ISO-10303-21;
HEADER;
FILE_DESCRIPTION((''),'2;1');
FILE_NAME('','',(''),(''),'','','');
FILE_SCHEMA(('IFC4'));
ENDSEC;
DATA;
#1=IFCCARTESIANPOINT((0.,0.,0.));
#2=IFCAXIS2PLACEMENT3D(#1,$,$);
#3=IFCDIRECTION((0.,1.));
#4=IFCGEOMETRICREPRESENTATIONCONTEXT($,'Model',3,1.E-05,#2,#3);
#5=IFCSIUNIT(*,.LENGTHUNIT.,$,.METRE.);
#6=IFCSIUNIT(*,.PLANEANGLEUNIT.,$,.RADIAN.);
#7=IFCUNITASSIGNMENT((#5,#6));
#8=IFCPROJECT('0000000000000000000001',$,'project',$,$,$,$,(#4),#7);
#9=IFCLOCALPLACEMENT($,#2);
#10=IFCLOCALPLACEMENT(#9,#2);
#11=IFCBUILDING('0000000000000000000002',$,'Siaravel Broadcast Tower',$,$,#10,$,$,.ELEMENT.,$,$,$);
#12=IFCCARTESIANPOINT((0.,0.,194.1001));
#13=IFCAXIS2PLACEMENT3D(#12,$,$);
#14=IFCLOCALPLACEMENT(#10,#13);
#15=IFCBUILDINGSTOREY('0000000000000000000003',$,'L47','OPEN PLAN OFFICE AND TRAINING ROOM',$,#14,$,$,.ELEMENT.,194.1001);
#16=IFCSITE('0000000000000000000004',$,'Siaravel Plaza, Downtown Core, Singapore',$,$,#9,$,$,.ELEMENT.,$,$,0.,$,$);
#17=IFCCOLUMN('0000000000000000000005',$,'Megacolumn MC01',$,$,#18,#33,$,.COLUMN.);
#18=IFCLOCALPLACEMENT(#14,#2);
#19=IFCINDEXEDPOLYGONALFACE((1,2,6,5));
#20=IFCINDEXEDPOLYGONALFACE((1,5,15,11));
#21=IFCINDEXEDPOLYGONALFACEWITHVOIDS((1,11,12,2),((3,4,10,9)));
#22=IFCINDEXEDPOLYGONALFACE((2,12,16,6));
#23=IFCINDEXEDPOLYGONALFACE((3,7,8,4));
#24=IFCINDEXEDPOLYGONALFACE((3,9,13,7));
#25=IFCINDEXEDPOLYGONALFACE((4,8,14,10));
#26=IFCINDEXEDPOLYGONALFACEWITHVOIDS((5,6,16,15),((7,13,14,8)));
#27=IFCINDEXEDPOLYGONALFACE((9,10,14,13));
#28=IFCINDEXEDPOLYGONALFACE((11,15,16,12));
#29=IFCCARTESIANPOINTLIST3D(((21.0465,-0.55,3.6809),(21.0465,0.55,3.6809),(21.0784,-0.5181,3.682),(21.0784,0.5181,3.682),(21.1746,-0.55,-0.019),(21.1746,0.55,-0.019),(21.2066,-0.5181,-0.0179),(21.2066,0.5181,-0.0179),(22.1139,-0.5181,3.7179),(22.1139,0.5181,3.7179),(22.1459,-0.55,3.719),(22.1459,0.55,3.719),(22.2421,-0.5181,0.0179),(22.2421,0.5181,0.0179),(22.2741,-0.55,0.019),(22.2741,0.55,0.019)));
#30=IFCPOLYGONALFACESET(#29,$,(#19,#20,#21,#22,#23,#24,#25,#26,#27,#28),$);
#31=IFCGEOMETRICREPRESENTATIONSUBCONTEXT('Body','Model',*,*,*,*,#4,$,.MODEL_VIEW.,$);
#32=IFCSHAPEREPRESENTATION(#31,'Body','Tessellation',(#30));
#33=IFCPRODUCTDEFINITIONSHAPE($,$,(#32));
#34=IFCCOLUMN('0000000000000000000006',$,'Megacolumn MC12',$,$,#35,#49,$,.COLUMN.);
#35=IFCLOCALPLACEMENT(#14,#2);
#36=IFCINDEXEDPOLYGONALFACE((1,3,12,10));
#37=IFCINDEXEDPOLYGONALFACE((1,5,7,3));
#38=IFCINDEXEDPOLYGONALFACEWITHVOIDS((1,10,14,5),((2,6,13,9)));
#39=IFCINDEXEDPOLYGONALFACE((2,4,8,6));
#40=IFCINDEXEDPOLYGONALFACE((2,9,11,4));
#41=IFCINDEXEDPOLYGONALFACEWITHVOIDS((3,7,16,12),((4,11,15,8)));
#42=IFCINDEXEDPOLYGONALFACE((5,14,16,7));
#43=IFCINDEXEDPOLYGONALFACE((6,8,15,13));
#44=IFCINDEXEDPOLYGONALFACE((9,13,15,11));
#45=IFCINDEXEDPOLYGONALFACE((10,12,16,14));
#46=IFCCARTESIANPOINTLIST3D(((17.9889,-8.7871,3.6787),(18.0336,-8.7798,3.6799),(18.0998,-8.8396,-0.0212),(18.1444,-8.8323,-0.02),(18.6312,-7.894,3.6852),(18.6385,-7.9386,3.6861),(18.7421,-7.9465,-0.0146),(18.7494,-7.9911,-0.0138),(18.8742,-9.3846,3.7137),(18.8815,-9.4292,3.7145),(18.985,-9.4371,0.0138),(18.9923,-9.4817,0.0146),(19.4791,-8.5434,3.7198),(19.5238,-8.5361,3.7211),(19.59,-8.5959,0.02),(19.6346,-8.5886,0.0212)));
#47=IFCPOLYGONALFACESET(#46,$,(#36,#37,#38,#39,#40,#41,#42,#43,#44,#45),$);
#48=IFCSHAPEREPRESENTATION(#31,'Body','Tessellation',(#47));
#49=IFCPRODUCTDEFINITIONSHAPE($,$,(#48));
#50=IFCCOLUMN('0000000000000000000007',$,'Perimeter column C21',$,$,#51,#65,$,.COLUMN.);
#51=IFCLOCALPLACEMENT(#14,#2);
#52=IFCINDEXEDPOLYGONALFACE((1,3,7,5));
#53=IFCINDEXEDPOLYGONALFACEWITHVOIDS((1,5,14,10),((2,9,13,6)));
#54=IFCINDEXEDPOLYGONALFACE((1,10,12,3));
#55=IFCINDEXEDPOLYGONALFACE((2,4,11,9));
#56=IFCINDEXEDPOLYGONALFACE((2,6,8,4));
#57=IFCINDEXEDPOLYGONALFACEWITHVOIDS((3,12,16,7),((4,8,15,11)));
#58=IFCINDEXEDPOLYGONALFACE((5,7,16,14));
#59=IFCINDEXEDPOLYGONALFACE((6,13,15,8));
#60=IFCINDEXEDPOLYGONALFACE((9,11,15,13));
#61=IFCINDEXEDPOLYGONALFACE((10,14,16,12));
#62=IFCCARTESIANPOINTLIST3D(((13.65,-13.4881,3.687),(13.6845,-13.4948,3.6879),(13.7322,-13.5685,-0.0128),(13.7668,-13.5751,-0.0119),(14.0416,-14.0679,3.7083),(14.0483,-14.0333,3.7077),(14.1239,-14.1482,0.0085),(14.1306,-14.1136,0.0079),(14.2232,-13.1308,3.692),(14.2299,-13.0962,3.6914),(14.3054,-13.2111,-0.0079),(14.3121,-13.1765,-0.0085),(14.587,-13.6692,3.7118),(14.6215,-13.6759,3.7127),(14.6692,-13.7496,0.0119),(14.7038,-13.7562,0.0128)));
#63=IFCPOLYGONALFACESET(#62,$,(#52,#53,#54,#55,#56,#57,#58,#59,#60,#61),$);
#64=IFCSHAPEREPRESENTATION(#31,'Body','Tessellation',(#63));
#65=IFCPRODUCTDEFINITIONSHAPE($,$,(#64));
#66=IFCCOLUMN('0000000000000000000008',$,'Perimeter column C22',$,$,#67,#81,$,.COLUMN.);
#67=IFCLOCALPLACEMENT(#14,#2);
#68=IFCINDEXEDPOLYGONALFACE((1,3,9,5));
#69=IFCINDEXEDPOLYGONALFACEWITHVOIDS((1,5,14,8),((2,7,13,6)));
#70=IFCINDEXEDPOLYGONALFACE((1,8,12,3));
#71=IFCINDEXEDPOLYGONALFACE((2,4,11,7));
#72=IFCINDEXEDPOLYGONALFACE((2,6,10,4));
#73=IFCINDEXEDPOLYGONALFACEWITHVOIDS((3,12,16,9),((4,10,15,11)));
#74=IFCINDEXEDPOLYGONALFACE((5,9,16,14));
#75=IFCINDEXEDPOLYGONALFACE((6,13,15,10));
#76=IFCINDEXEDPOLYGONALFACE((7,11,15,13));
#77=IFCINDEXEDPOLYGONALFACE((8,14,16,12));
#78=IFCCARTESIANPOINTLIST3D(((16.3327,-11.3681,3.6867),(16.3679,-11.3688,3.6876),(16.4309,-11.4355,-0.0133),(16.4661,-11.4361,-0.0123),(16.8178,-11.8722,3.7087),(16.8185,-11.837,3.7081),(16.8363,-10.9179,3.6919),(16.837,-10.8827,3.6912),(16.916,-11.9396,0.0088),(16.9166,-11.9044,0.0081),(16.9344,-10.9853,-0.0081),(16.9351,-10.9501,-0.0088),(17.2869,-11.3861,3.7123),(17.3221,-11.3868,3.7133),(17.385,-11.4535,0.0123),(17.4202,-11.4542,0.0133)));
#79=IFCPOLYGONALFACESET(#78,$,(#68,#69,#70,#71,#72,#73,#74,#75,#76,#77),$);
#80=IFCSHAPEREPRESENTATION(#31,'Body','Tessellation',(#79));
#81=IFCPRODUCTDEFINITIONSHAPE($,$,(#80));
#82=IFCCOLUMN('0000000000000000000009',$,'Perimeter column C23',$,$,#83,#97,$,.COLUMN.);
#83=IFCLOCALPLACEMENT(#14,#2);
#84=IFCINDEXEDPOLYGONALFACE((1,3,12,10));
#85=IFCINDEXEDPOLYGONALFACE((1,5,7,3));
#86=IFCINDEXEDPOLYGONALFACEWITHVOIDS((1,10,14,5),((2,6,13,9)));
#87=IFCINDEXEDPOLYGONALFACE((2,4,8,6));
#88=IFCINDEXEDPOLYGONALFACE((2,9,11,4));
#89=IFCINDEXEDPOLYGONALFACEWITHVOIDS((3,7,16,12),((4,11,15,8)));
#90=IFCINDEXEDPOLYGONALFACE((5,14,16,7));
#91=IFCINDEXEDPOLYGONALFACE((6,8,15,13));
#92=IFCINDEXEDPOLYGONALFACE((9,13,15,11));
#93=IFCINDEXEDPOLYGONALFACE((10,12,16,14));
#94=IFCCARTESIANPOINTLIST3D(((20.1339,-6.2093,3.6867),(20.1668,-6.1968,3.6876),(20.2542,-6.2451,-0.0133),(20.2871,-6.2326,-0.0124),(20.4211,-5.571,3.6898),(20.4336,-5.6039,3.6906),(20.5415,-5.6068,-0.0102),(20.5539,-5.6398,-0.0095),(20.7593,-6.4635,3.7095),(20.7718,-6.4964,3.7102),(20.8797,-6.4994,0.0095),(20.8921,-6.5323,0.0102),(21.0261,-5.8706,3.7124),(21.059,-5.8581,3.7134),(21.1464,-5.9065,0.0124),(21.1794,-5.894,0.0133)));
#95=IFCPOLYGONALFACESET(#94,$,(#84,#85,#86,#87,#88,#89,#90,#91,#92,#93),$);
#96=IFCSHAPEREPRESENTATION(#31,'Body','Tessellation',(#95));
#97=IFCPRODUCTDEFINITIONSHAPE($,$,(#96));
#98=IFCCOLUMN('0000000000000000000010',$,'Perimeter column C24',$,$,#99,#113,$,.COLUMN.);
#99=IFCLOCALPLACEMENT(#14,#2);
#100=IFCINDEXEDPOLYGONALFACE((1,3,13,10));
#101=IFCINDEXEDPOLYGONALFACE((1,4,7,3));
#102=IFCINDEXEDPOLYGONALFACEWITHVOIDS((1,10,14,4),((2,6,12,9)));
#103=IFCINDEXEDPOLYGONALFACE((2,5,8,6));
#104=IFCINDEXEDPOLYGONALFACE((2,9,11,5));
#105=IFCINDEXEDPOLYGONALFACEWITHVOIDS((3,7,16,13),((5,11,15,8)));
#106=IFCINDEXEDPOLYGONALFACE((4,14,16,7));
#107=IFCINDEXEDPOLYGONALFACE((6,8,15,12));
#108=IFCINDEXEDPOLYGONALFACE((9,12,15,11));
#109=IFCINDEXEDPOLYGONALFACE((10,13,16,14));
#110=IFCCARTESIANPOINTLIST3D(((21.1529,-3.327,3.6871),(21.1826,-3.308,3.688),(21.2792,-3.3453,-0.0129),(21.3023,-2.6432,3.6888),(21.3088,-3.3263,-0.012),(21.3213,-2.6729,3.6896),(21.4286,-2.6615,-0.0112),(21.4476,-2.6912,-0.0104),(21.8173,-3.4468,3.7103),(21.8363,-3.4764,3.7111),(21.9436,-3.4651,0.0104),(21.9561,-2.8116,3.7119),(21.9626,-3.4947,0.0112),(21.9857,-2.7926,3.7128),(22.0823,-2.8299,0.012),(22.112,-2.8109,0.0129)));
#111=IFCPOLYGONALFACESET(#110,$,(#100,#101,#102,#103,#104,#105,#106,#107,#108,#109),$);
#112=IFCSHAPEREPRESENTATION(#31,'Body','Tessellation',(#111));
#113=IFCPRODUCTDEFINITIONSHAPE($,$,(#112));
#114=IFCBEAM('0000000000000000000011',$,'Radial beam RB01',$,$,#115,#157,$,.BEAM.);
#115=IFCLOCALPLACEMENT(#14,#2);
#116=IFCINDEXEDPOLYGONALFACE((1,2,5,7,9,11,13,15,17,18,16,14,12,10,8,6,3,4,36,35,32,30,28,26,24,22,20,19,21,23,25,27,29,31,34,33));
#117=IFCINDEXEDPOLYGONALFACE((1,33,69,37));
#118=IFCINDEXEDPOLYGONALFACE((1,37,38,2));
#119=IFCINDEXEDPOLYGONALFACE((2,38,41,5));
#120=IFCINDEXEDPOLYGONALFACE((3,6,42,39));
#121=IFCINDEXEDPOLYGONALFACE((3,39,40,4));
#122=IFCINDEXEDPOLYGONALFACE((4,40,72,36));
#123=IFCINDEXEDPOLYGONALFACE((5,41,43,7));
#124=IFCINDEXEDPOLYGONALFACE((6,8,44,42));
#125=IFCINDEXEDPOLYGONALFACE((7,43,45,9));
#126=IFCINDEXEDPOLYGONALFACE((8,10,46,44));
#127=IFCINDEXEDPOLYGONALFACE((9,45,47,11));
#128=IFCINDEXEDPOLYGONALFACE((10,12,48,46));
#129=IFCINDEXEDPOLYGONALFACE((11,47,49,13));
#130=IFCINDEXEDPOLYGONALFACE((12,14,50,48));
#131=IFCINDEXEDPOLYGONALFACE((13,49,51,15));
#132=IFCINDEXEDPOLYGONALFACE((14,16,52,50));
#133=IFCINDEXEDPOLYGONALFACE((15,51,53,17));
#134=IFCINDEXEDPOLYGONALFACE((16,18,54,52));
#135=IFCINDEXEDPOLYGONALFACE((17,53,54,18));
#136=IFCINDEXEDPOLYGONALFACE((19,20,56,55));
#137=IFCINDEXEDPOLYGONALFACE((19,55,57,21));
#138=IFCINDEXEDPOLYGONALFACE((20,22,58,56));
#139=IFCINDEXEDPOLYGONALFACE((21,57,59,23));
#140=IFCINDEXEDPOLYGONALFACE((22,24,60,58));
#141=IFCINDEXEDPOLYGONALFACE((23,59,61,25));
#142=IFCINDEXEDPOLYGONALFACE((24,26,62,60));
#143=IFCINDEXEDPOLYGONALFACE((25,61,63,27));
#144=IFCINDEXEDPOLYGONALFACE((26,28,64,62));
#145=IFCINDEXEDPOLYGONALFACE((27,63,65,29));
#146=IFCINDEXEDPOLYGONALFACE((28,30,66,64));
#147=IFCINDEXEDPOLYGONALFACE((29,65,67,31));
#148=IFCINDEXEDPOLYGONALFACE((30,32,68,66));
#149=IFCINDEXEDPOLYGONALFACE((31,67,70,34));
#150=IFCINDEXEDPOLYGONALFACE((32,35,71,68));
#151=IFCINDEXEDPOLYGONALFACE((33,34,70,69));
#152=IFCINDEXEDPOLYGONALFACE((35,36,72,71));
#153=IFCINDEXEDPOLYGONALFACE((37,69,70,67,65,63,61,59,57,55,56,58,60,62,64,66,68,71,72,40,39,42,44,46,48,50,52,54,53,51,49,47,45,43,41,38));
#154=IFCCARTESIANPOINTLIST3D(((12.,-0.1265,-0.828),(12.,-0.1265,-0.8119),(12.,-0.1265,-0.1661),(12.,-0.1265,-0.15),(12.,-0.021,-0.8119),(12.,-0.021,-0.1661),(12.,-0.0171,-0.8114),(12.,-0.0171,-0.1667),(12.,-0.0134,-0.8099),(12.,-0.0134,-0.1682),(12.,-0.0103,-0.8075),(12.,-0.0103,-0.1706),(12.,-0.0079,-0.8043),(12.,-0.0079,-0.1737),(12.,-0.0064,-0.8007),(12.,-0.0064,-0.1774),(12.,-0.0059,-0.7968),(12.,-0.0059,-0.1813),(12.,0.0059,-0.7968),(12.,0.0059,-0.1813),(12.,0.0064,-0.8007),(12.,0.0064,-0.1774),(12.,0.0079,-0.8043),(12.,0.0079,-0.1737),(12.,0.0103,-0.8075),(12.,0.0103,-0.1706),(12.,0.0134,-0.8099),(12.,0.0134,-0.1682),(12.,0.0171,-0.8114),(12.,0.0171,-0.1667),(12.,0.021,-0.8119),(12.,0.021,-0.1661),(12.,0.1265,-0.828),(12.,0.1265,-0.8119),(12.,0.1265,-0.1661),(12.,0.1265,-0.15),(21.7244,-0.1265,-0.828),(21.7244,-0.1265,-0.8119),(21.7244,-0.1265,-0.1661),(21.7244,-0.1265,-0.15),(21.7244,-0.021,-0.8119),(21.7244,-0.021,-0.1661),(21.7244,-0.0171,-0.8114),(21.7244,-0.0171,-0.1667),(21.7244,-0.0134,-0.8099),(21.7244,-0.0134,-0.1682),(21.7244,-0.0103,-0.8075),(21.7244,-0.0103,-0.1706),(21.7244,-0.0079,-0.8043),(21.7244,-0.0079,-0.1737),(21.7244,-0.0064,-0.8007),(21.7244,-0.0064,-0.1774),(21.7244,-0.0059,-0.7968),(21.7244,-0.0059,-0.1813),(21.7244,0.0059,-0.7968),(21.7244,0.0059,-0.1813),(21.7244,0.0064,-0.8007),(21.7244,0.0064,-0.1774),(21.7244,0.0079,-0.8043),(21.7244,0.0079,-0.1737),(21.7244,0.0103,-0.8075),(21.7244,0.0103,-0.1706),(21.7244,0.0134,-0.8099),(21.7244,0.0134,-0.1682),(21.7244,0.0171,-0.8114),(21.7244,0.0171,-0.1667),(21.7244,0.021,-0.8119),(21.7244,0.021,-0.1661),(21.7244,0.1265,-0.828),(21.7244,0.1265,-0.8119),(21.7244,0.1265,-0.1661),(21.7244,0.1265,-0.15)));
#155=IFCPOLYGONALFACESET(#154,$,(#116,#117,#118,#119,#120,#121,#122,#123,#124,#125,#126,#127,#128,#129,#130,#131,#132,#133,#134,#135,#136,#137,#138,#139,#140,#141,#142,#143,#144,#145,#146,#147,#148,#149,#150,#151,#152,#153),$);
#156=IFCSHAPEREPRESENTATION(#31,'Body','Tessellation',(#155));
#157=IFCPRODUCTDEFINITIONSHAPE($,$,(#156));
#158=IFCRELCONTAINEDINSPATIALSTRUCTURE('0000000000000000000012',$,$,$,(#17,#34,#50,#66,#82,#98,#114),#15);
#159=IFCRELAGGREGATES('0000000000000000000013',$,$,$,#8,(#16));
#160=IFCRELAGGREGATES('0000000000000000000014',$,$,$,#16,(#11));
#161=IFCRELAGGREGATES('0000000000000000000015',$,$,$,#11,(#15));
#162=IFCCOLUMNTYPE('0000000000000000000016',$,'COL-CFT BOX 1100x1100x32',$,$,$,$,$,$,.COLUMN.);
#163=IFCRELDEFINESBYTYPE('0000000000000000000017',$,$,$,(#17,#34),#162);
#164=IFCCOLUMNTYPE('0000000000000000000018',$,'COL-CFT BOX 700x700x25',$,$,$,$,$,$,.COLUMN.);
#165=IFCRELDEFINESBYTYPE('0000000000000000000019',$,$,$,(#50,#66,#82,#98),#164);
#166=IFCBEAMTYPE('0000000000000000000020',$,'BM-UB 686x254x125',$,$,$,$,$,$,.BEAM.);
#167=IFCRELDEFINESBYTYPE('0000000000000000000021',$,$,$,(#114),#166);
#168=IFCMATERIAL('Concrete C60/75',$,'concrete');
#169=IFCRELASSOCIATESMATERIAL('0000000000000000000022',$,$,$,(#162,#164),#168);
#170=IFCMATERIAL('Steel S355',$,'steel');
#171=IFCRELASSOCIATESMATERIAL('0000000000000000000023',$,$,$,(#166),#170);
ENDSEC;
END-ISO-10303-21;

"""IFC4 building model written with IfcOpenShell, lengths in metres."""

from ifc_helpers import new_model, si_unit, direction, frame, origin, origin_2d, place, context, subcontext, project, spatial, hollow_rectangle, i_section, extrude, material, material_profile, profile_set, type_object, element, save


model = new_model("IFC4")

# Units and contexts
model_context = context("Model", 3, precision=1e-05, world=origin(), true_north=direction((0.0, 1.0)))
body_context = subcontext(model_context, "Body", "Model", "MODEL_VIEW")
ifc_project = project(units=[si_unit("LENGTHUNIT", "METRE"), si_unit("PLANEANGLEUNIT", "RADIAN")], contexts=[model_context])

# Site, building, storey
site_placement = place(None, origin())
site = spatial("IfcSite", under=ifc_project, at=site_placement, Name="Siaravel Plaza, Downtown Core, Singapore", CompositionType="ELEMENT", RefElevation=0.0)
building_placement = place(site_placement, origin())
building = spatial("IfcBuilding", under=site, at=building_placement, Name="Siaravel Broadcast Tower", CompositionType="ELEMENT")
storey_placement = place(building_placement, frame((0.0, 0.0, 194.1001)))
storey = spatial("IfcBuildingStorey", under=building, at=storey_placement, Name="L47", Description="OPEN PLAN OFFICE AND TRAINING ROOM", CompositionType="ELEMENT", Elevation=194.1001)

# Columns
ifc_material_1 = material(Name="Concrete C60/75", Category="concrete")
ifc_material_profile_1 = material_profile(ifc_material_1, hollow_rectangle(XDim=1.1001, YDim=1.1001, WallThickness=0.032, at=origin_2d()))
ifc_profile_set_1 = profile_set([ifc_material_profile_1], Name="Concrete C60/75")
column_type_1 = type_object("IfcColumnType", Name="COL-CFT BOX 1100x1100x32", PredefinedType="COLUMN", material=ifc_profile_set_1)
column_1_placement = place(storey_placement, frame((21.7244, 0.0, 0.0), z_axis=(-0.034621, 0.0, 0.999401), x_axis=(0.0, -1.0, 0.0)))
element("IfcColumn", 1, at=column_1_placement, inside=storey, type_object=column_type_1, Name="Megacolumn MC01", PredefinedType="COLUMN", context=body_context, shape_type="SweptSolid", body=[
    extrude(hollow_rectangle(XDim=1.1001, YDim=1.1001, WallThickness=0.032, at=origin_2d()), origin(), (0.0, 0.0, 1.0), 3.7021),
])
column_2_placement = place(storey_placement, frame((18.8672, -8.7141, 0.0), z_axis=(-0.029941, 0.014179, 0.999451), x_axis=(-0.583859, -0.811833, -0.005973)))
element("IfcColumn", 2, at=column_2_placement, inside=storey, type_object=column_type_1, Name="Megacolumn MC12", PredefinedType="COLUMN", context=body_context, shape_type="SweptSolid", body=[
    extrude(hollow_rectangle(XDim=1.1001, YDim=1.1001, WallThickness=0.032, at=origin_2d()), origin(), (0.0, 0.0, 1.0), 3.7019),
])
ifc_material_profile_2 = material_profile(ifc_material_1, hollow_rectangle(XDim=0.7, YDim=0.7, WallThickness=0.0249, at=origin_2d()))
ifc_profile_set_2 = profile_set([ifc_material_profile_2], Name="Concrete C60/75")
column_type_2 = type_object("IfcColumnType", Name="COL-CFT BOX 700x700x25", PredefinedType="COLUMN", material=ifc_profile_set_2)
column_3_placement = place(storey_placement, frame((14.218, -13.6624, 0.0), z_axis=(-0.022226, 0.021699, 0.999517), x_axis=(-0.828497, -0.559958, -0.006267)))
element("IfcColumn", 3, at=column_3_placement, inside=storey, type_object=column_type_2, Name="Perimeter column C21", PredefinedType="COLUMN", context=body_context, shape_type="SweptSolid", body=[
    extrude(hollow_rectangle(XDim=0.7, YDim=0.7, WallThickness=0.0249, at=origin_2d()), origin(), (0.0, 0.0, 1.0), 3.7017),
])
column_4_placement = place(storey_placement, frame((16.9255, -11.4448, 0.0), z_axis=(-0.026512, 0.018202, 0.999483), x_axis=(-0.720419, -0.693508, -0.00648)))
element("IfcColumn", 4, at=column_4_placement, inside=storey, type_object=column_type_2, Name="Perimeter column C22", PredefinedType="COLUMN", context=body_context, shape_type="SweptSolid", body=[
    extrude(hollow_rectangle(XDim=0.7, YDim=0.7, WallThickness=0.0249, at=origin_2d()), origin(), (0.0, 0.0, 1.0), 3.7019),
])
for number, where, z_axis, x_axis, name in (
    (5, (20.7168, -6.0696, 0.0), (-0.032512, 0.009694, 0.999424), (-0.410363, -0.911911, -0.004504), "Perimeter column C23"),
    (6, (21.6956, -3.0781, 0.0), (-0.034094, 0.004946, 0.999406), (-0.213452, -0.97695, -0.002447), "Perimeter column C24"),
):
    element("IfcColumn", number, at=place(storey_placement, frame(where, z_axis=z_axis, x_axis=x_axis)), inside=storey, type_object=column_type_2, Name=name, PredefinedType="COLUMN", context=body_context, shape_type="SweptSolid", body=[
        extrude(hollow_rectangle(XDim=0.7, YDim=0.7, WallThickness=0.0249, at=origin_2d()), origin(), (0.0, 0.0, 1.0), 3.7021),
    ])

# Beam
ifc_material_2 = material(Name="Steel S355", Category="steel")
ifc_material_profile_3 = material_profile(ifc_material_2, i_section(OverallWidth=0.2529, OverallDepth=0.678, WebThickness=0.0117, FlangeThickness=0.0161, FilletRadius=0.0151, at=origin_2d()))
ifc_profile_set_3 = profile_set([ifc_material_profile_3], Name="Steel S355")
beam_type = type_object("IfcBeamType", Name="BM-UB 686x254x125", PredefinedType="BEAM", material=ifc_profile_set_3)
beam_1_placement = place(storey_placement, frame((21.7244, 0.0, -0.489), z_axis=(-1.0, 0.0, 0.0), x_axis=(0.0, -1.0, 0.0)))
element("IfcBeam", 7, at=beam_1_placement, inside=storey, type_object=beam_type, Name="Radial beam RB01", PredefinedType="BEAM", context=body_context, shape_type="SweptSolid", body=[
    extrude(i_section(OverallWidth=0.2529, OverallDepth=0.678, WebThickness=0.0117, FlangeThickness=0.0161, FilletRadius=0.0151, at=origin_2d()), origin(), (0.0, 0.0, 1.0), 9.7244),
])

save(model, "model.ifc")
